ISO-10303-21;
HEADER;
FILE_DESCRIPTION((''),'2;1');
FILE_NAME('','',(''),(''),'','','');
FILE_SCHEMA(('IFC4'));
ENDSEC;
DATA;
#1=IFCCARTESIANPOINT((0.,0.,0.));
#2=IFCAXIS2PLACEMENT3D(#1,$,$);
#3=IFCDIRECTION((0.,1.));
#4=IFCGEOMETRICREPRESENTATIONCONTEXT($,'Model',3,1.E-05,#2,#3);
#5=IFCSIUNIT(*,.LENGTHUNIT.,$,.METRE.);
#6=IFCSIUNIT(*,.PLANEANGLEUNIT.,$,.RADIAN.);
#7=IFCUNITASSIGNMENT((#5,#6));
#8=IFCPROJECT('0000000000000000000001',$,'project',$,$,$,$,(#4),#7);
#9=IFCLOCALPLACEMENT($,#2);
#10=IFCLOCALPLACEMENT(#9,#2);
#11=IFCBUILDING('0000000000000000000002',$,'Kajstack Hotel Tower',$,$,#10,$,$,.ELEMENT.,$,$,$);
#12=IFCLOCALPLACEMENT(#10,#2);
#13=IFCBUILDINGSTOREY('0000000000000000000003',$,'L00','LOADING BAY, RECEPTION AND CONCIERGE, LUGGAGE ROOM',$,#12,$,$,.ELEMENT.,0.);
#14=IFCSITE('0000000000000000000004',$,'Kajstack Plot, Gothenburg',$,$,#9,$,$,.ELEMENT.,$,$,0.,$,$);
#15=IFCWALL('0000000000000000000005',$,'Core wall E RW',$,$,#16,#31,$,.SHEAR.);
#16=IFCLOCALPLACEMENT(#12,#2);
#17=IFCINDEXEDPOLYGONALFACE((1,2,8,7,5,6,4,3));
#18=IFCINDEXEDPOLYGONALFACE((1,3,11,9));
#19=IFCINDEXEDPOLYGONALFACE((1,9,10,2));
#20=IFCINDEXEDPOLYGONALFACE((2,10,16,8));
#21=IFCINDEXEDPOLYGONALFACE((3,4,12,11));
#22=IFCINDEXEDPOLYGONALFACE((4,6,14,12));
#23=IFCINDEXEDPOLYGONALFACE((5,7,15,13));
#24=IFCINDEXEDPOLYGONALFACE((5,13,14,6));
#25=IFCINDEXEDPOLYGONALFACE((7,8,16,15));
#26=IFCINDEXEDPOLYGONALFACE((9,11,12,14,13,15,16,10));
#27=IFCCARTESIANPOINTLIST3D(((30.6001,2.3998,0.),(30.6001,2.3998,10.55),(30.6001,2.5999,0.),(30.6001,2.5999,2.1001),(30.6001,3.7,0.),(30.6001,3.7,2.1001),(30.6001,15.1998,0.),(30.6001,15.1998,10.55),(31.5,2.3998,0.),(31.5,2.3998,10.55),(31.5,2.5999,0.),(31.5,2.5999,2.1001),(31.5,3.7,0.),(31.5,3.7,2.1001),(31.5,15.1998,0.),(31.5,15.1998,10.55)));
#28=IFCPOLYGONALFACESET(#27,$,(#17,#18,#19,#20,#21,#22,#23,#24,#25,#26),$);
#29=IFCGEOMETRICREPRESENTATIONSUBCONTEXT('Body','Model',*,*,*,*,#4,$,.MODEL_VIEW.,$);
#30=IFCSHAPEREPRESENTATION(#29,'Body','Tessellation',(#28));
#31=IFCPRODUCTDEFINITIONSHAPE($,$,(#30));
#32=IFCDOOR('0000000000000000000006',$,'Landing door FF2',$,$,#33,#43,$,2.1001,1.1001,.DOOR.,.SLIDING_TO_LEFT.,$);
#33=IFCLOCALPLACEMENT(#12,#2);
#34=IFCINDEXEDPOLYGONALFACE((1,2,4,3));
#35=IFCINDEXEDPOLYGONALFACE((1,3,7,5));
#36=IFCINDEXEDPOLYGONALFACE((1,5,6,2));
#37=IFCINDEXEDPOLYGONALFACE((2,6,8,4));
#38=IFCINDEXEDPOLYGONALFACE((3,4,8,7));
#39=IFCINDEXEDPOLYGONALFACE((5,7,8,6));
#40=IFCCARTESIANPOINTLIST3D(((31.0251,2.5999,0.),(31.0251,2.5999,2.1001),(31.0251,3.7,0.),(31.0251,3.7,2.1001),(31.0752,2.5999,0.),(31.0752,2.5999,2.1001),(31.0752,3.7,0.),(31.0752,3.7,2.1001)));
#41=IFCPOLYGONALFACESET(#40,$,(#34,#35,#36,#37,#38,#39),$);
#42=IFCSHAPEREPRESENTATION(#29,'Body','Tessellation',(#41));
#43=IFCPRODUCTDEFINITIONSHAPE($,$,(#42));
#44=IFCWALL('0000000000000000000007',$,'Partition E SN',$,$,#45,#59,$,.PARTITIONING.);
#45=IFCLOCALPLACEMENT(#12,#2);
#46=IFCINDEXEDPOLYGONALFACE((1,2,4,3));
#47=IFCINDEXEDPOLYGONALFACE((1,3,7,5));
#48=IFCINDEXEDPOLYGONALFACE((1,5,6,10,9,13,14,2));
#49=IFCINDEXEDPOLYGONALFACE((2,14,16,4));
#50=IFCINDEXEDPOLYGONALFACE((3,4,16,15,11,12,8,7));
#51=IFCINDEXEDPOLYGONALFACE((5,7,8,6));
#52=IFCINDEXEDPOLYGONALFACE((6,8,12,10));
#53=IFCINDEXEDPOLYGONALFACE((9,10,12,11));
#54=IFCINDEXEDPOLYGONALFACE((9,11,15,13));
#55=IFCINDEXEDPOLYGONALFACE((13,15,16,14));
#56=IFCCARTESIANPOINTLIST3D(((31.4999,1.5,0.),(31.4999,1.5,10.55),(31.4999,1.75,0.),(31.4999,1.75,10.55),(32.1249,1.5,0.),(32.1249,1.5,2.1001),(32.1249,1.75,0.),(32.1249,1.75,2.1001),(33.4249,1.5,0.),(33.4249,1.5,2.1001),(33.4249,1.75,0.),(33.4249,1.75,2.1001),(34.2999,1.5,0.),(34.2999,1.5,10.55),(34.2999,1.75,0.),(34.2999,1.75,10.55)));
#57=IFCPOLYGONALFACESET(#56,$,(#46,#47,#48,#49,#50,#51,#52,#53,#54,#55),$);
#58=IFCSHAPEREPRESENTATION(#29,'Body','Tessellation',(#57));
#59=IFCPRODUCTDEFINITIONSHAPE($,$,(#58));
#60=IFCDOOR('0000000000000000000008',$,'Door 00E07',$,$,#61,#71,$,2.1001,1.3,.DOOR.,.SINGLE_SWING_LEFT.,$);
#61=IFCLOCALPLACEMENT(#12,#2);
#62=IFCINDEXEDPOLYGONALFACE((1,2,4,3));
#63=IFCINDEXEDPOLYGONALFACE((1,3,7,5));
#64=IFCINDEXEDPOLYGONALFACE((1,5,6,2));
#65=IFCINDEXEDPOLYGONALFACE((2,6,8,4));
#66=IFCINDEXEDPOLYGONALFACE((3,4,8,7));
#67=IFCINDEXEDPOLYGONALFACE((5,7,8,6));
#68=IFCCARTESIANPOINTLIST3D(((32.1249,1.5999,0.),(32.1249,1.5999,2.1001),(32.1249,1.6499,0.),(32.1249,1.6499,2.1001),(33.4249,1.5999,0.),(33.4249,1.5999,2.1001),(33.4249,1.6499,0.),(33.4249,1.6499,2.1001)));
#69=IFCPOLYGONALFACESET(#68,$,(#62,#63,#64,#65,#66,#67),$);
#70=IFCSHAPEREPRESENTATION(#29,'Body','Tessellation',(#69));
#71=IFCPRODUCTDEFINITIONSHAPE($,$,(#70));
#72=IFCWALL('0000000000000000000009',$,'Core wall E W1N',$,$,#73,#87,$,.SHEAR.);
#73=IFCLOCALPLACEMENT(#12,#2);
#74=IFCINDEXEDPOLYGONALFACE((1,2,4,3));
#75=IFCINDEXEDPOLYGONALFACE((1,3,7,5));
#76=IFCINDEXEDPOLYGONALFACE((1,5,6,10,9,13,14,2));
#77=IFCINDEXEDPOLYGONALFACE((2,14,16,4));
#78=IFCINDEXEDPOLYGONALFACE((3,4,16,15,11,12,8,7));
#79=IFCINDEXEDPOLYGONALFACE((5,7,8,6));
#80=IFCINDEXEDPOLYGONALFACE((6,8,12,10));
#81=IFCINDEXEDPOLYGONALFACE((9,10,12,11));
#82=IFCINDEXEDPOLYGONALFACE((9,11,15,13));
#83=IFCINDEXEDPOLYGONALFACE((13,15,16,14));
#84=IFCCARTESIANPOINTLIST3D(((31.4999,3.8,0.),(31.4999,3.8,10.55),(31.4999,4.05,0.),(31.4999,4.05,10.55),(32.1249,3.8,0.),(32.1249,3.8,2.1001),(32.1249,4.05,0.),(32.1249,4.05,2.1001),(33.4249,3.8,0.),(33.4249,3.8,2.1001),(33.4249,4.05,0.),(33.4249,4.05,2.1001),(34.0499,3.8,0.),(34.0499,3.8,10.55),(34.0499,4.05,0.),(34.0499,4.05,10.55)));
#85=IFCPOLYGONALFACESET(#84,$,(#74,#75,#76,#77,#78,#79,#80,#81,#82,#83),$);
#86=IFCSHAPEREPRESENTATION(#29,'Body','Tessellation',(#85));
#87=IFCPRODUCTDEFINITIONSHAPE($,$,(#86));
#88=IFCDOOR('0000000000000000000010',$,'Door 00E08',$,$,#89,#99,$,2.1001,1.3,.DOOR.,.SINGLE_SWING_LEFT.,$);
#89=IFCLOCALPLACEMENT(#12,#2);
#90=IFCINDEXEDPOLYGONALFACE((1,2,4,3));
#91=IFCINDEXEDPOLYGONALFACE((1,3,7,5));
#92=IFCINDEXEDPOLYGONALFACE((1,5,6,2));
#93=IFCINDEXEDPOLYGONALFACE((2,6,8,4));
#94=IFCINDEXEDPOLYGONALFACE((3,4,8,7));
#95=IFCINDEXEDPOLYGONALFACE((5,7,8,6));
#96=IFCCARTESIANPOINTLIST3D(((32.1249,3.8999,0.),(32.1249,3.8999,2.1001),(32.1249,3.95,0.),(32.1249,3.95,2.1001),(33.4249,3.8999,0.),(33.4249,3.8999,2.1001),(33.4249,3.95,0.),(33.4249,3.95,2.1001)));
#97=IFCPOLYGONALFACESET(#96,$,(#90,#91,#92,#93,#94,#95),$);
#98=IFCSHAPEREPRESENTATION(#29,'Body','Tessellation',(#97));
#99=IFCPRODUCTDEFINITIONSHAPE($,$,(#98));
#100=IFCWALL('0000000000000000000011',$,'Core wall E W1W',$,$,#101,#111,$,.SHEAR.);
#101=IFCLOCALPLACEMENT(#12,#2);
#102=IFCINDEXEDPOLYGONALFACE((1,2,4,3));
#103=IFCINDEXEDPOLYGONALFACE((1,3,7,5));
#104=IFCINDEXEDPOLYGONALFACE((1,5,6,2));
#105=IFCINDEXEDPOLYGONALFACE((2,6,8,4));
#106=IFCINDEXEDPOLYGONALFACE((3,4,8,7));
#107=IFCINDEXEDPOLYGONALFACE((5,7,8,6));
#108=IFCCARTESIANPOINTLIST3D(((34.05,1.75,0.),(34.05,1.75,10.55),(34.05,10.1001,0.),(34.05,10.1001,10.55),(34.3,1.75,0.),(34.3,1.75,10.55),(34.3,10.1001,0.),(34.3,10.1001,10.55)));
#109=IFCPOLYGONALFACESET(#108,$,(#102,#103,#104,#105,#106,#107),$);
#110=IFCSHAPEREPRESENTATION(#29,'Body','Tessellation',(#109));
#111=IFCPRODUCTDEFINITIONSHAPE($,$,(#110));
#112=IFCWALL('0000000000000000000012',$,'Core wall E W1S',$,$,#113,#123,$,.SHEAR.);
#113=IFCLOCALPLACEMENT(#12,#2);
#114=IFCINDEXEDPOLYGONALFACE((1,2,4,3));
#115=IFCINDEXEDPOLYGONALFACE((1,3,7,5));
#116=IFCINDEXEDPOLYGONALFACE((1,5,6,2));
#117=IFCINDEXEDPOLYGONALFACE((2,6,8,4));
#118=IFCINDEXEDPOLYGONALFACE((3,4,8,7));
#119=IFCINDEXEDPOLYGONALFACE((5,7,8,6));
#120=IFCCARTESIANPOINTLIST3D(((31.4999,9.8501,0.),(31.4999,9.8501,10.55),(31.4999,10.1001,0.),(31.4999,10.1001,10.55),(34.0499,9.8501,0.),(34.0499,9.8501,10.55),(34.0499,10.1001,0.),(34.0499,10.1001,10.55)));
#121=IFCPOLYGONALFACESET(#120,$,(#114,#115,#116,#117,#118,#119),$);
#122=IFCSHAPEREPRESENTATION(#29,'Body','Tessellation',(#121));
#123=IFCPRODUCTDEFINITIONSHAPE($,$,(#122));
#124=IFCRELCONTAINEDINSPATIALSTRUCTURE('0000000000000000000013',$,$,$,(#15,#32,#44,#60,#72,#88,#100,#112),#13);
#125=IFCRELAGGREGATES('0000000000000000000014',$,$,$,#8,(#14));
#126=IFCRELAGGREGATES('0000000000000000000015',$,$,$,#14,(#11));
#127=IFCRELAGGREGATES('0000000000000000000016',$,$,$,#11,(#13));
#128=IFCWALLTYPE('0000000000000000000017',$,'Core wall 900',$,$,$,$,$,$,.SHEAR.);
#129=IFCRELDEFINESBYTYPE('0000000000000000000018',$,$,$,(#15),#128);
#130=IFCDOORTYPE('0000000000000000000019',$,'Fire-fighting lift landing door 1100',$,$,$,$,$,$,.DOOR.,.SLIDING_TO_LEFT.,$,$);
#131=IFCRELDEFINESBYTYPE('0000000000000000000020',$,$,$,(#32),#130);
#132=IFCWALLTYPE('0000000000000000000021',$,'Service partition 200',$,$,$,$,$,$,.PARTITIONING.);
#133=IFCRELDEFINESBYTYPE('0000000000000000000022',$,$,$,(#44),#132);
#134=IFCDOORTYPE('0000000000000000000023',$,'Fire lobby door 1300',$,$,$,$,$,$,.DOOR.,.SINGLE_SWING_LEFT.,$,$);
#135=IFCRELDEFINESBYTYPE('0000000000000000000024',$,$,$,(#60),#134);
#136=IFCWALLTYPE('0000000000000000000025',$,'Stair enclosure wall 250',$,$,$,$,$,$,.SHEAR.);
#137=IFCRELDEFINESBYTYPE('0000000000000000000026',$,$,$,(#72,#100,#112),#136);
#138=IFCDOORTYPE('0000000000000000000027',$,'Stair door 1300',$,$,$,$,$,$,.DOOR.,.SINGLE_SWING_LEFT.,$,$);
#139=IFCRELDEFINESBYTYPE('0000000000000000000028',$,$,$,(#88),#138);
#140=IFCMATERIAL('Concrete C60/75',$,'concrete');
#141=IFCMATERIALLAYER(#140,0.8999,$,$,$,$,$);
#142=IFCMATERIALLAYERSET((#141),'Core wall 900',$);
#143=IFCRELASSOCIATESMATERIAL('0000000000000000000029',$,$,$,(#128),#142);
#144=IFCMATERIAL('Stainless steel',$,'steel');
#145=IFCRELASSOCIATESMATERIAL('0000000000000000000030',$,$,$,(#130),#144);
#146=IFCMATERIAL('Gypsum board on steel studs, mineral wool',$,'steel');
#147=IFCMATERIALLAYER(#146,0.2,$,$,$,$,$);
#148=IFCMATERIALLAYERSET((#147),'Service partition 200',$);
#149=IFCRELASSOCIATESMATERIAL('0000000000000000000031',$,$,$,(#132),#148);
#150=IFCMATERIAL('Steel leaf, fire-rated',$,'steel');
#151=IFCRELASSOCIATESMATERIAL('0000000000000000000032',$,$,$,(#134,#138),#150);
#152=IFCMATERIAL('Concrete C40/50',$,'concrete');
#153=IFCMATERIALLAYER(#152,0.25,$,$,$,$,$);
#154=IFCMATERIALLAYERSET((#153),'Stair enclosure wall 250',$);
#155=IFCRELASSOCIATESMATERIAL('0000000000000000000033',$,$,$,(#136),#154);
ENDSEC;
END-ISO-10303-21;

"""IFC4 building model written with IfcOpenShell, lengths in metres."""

from ifc_helpers import new_model, si_unit, direction, frame, frame_2d, origin, place, context, subcontext, project, spatial, rectangle, extrude, material, layer, layer_set, type_object, element, fill, save


model = new_model("IFC4")

# Units and contexts
model_context = context("Model", 3, precision=1e-05, world=origin(), true_north=direction((0.0, 1.0)))
body_context = subcontext(model_context, "Body", "Model", "MODEL_VIEW")
ifc_project = project(units=[si_unit("LENGTHUNIT", "METRE"), si_unit("PLANEANGLEUNIT", "RADIAN")], contexts=[model_context])

# Site, building, storey
site_placement = place(None, origin())
site = spatial("IfcSite", under=ifc_project, at=site_placement, Name="Kajstack Plot, Gothenburg", CompositionType="ELEMENT", RefElevation=0.0)
building_placement = place(site_placement, origin())
building = spatial("IfcBuilding", under=site, at=building_placement, Name="Kajstack Hotel Tower", CompositionType="ELEMENT")
storey_placement = place(building_placement, origin())
storey = spatial("IfcBuildingStorey", under=building, at=storey_placement, Name="L00", Description="LOADING BAY, RECEPTION AND CONCIERGE, LUGGAGE ROOM", CompositionType="ELEMENT", Elevation=0.0)

# Shared definitions
ifc_material_1 = material(Name="Concrete C40/50", Category="concrete")

# Shared definitions
ifc_material_2 = material(Name="Concrete C60/75", Category="concrete")
ifc_layer_1 = layer(ifc_material_2, 0.8999)
ifc_layer_set_1 = layer_set([ifc_layer_1], Name="Core wall 900")
wall_type_1 = type_object("IfcWallType", Name="Core wall 900", PredefinedType="SHEAR", material=ifc_layer_set_1)

# Walls, openings, doors
wall_1_placement = place(storey_placement, frame((31.05, 2.3999, 0.0), z_axis=(0.0, 0.0, 1.0), x_axis=(0.0, 1.0, 0.0)))
wall_1 = element("IfcWall", 1, at=wall_1_placement, inside=storey, type_object=wall_type_1, Name="Core wall E RW", PredefinedType="SHEAR", context=body_context, shape_type="SweptSolid", body=[
    extrude(rectangle(XDim=12.8, YDim=0.8999, at=frame_2d((6.3999, 0.0))), origin(), (0.0, 0.0, 1.0), 10.55),
])
opening_1_placement = place(wall_1_placement, frame((0.2, 0.0, 0.0)))
opening_1 = element("IfcOpeningElement", 2, at=opening_1_placement, cuts=wall_1, PredefinedType="OPENING", context=body_context, shape_type="SweptSolid", body=[
    extrude(rectangle(XDim=1.1001, YDim=2.1001, at=frame_2d((0.55, 1.05))), frame((0.0, 0.46, 0.0), z_axis=(0.0, -1.0, 0.0), x_axis=(1.0, 0.0, 0.0)), (0.0, 0.0, 1.0), 0.9199),
])
ifc_material_3 = material(Name="Stainless steel", Category="steel")
door_type_1 = type_object("IfcDoorType", Name="Fire-fighting lift landing door 1100", OperationType="SLIDING_TO_LEFT", PredefinedType="DOOR", material=ifc_material_3)
door_1_placement = place(opening_1_placement, origin())
door_1 = element("IfcDoor", 3, at=door_1_placement, inside=storey, type_object=door_type_1, Name="Landing door FF2", OperationType="SLIDING_TO_LEFT", OverallHeight=2.1001, OverallWidth=1.1001, PredefinedType="DOOR", context=body_context, shape_type="SweptSolid", body=[
    extrude(rectangle(XDim=1.1001, YDim=2.1001, at=frame_2d((0.55, 1.05))), frame((0.0, 0.0249, 0.0), z_axis=(0.0, -1.0, 0.0), x_axis=(1.0, 0.0, 0.0)), (0.0, 0.0, 1.0), 0.05),
])
fill(opening_1, door_1)
ifc_material_4 = material(Name="Gypsum board on steel studs, mineral wool", Category="steel")
ifc_layer_2 = layer(ifc_material_4, 0.2)
ifc_layer_set_2 = layer_set([ifc_layer_2], Name="Service partition 200")
wall_type_2 = type_object("IfcWallType", Name="Service partition 200", PredefinedType="PARTITIONING", material=ifc_layer_set_2)
wall_2_placement = place(storey_placement, frame((31.5, 1.625, 0.0), z_axis=(0.0, 0.0, 1.0), x_axis=(1.0, 0.0, 0.0)))
wall_2 = element("IfcWall", 4, at=wall_2_placement, inside=storey, type_object=wall_type_2, Name="Partition E SN", PredefinedType="PARTITIONING", context=body_context, shape_type="SweptSolid", body=[
    extrude(rectangle(XDim=2.8, YDim=0.25, at=frame_2d((1.3999, 0.0))), origin(), (0.0, 0.0, 1.0), 10.55),
])
opening_2_placement = place(wall_2_placement, frame((0.625, 0.0, 0.0)))
opening_2 = element("IfcOpeningElement", 5, at=opening_2_placement, cuts=wall_2, PredefinedType="OPENING", context=body_context, shape_type="SweptSolid", body=[
    extrude(rectangle(XDim=1.3, YDim=2.1001, at=frame_2d((0.6499, 1.05))), frame((0.0, 0.135, 0.0), z_axis=(0.0, -1.0, 0.0), x_axis=(1.0, 0.0, 0.0)), (0.0, 0.0, 1.0), 0.27),
])
ifc_material_5 = material(Name="Steel leaf, fire-rated", Category="steel")
door_type_2 = type_object("IfcDoorType", Name="Fire lobby door 1300", OperationType="SINGLE_SWING_LEFT", PredefinedType="DOOR", material=ifc_material_5)
door_2_placement = place(opening_2_placement, origin())
door_2 = element("IfcDoor", 6, at=door_2_placement, inside=storey, type_object=door_type_2, Name="Door 00E07", OperationType="SINGLE_SWING_LEFT", OverallHeight=2.1001, OverallWidth=1.3, PredefinedType="DOOR", context=body_context, shape_type="SweptSolid", body=[
    extrude(rectangle(XDim=1.3, YDim=2.1001, at=frame_2d((0.6499, 1.05))), frame((0.0, 0.0249, 0.0), z_axis=(0.0, -1.0, 0.0), x_axis=(1.0, 0.0, 0.0)), (0.0, 0.0, 1.0), 0.05),
])
fill(opening_2, door_2)
ifc_layer_3 = layer(ifc_material_1, 0.25)
ifc_layer_set_3 = layer_set([ifc_layer_3], Name="Stair enclosure wall 250")
wall_type_3 = type_object("IfcWallType", Name="Stair enclosure wall 250", PredefinedType="SHEAR", material=ifc_layer_set_3)
wall_3_placement = place(storey_placement, frame((31.5, 3.925, 0.0), z_axis=(0.0, 0.0, 1.0), x_axis=(1.0, 0.0, 0.0)))
wall_3 = element("IfcWall", 7, at=wall_3_placement, inside=storey, type_object=wall_type_3, Name="Core wall E W1N", PredefinedType="SHEAR", context=body_context, shape_type="SweptSolid", body=[
    extrude(rectangle(XDim=2.55, YDim=0.25, at=frame_2d((1.2749, 0.0))), origin(), (0.0, 0.0, 1.0), 10.55),
])
opening_3_placement = place(wall_3_placement, frame((0.625, 0.0, 0.0)))
opening_3 = element("IfcOpeningElement", 8, at=opening_3_placement, cuts=wall_3, PredefinedType="OPENING", context=body_context, shape_type="SweptSolid", body=[
    extrude(rectangle(XDim=1.3, YDim=2.1001, at=frame_2d((0.6499, 1.05))), frame((0.0, 0.135, 0.0), z_axis=(0.0, -1.0, 0.0), x_axis=(1.0, 0.0, 0.0)), (0.0, 0.0, 1.0), 0.27),
])
door_type_3 = type_object("IfcDoorType", Name="Stair door 1300", OperationType="SINGLE_SWING_LEFT", PredefinedType="DOOR", material=ifc_material_5)
door_3_placement = place(opening_3_placement, origin())
door_3 = element("IfcDoor", 9, at=door_3_placement, inside=storey, type_object=door_type_3, Name="Door 00E08", OperationType="SINGLE_SWING_LEFT", OverallHeight=2.1001, OverallWidth=1.3, PredefinedType="DOOR", context=body_context, shape_type="SweptSolid", body=[
    extrude(rectangle(XDim=1.3, YDim=2.1001, at=frame_2d((0.6499, 1.05))), frame((0.0, 0.0249, 0.0), z_axis=(0.0, -1.0, 0.0), x_axis=(1.0, 0.0, 0.0)), (0.0, 0.0, 1.0), 0.05),
])
fill(opening_3, door_3)

# Walls
wall_4_placement = place(storey_placement, frame((34.175, 1.75, 0.0), z_axis=(0.0, 0.0, 1.0), x_axis=(0.0, 1.0, 0.0)))
element("IfcWall", 10, at=wall_4_placement, inside=storey, type_object=wall_type_3, Name="Core wall E W1W", PredefinedType="SHEAR", context=body_context, shape_type="SweptSolid", body=[
    extrude(rectangle(XDim=8.3501, YDim=0.25, at=frame_2d((4.175, 0.0))), origin(), (0.0, 0.0, 1.0), 10.55),
])
wall_5_placement = place(storey_placement, frame((31.5, 9.9751, 0.0), z_axis=(0.0, 0.0, 1.0), x_axis=(1.0, 0.0, 0.0)))
element("IfcWall", 11, at=wall_5_placement, inside=storey, type_object=wall_type_3, Name="Core wall E W1S", PredefinedType="SHEAR", context=body_context, shape_type="SweptSolid", body=[
    extrude(rectangle(XDim=2.55, YDim=0.25, at=frame_2d((1.2749, 0.0))), origin(), (0.0, 0.0, 1.0), 10.55),
])

save(model, "model.ifc")
